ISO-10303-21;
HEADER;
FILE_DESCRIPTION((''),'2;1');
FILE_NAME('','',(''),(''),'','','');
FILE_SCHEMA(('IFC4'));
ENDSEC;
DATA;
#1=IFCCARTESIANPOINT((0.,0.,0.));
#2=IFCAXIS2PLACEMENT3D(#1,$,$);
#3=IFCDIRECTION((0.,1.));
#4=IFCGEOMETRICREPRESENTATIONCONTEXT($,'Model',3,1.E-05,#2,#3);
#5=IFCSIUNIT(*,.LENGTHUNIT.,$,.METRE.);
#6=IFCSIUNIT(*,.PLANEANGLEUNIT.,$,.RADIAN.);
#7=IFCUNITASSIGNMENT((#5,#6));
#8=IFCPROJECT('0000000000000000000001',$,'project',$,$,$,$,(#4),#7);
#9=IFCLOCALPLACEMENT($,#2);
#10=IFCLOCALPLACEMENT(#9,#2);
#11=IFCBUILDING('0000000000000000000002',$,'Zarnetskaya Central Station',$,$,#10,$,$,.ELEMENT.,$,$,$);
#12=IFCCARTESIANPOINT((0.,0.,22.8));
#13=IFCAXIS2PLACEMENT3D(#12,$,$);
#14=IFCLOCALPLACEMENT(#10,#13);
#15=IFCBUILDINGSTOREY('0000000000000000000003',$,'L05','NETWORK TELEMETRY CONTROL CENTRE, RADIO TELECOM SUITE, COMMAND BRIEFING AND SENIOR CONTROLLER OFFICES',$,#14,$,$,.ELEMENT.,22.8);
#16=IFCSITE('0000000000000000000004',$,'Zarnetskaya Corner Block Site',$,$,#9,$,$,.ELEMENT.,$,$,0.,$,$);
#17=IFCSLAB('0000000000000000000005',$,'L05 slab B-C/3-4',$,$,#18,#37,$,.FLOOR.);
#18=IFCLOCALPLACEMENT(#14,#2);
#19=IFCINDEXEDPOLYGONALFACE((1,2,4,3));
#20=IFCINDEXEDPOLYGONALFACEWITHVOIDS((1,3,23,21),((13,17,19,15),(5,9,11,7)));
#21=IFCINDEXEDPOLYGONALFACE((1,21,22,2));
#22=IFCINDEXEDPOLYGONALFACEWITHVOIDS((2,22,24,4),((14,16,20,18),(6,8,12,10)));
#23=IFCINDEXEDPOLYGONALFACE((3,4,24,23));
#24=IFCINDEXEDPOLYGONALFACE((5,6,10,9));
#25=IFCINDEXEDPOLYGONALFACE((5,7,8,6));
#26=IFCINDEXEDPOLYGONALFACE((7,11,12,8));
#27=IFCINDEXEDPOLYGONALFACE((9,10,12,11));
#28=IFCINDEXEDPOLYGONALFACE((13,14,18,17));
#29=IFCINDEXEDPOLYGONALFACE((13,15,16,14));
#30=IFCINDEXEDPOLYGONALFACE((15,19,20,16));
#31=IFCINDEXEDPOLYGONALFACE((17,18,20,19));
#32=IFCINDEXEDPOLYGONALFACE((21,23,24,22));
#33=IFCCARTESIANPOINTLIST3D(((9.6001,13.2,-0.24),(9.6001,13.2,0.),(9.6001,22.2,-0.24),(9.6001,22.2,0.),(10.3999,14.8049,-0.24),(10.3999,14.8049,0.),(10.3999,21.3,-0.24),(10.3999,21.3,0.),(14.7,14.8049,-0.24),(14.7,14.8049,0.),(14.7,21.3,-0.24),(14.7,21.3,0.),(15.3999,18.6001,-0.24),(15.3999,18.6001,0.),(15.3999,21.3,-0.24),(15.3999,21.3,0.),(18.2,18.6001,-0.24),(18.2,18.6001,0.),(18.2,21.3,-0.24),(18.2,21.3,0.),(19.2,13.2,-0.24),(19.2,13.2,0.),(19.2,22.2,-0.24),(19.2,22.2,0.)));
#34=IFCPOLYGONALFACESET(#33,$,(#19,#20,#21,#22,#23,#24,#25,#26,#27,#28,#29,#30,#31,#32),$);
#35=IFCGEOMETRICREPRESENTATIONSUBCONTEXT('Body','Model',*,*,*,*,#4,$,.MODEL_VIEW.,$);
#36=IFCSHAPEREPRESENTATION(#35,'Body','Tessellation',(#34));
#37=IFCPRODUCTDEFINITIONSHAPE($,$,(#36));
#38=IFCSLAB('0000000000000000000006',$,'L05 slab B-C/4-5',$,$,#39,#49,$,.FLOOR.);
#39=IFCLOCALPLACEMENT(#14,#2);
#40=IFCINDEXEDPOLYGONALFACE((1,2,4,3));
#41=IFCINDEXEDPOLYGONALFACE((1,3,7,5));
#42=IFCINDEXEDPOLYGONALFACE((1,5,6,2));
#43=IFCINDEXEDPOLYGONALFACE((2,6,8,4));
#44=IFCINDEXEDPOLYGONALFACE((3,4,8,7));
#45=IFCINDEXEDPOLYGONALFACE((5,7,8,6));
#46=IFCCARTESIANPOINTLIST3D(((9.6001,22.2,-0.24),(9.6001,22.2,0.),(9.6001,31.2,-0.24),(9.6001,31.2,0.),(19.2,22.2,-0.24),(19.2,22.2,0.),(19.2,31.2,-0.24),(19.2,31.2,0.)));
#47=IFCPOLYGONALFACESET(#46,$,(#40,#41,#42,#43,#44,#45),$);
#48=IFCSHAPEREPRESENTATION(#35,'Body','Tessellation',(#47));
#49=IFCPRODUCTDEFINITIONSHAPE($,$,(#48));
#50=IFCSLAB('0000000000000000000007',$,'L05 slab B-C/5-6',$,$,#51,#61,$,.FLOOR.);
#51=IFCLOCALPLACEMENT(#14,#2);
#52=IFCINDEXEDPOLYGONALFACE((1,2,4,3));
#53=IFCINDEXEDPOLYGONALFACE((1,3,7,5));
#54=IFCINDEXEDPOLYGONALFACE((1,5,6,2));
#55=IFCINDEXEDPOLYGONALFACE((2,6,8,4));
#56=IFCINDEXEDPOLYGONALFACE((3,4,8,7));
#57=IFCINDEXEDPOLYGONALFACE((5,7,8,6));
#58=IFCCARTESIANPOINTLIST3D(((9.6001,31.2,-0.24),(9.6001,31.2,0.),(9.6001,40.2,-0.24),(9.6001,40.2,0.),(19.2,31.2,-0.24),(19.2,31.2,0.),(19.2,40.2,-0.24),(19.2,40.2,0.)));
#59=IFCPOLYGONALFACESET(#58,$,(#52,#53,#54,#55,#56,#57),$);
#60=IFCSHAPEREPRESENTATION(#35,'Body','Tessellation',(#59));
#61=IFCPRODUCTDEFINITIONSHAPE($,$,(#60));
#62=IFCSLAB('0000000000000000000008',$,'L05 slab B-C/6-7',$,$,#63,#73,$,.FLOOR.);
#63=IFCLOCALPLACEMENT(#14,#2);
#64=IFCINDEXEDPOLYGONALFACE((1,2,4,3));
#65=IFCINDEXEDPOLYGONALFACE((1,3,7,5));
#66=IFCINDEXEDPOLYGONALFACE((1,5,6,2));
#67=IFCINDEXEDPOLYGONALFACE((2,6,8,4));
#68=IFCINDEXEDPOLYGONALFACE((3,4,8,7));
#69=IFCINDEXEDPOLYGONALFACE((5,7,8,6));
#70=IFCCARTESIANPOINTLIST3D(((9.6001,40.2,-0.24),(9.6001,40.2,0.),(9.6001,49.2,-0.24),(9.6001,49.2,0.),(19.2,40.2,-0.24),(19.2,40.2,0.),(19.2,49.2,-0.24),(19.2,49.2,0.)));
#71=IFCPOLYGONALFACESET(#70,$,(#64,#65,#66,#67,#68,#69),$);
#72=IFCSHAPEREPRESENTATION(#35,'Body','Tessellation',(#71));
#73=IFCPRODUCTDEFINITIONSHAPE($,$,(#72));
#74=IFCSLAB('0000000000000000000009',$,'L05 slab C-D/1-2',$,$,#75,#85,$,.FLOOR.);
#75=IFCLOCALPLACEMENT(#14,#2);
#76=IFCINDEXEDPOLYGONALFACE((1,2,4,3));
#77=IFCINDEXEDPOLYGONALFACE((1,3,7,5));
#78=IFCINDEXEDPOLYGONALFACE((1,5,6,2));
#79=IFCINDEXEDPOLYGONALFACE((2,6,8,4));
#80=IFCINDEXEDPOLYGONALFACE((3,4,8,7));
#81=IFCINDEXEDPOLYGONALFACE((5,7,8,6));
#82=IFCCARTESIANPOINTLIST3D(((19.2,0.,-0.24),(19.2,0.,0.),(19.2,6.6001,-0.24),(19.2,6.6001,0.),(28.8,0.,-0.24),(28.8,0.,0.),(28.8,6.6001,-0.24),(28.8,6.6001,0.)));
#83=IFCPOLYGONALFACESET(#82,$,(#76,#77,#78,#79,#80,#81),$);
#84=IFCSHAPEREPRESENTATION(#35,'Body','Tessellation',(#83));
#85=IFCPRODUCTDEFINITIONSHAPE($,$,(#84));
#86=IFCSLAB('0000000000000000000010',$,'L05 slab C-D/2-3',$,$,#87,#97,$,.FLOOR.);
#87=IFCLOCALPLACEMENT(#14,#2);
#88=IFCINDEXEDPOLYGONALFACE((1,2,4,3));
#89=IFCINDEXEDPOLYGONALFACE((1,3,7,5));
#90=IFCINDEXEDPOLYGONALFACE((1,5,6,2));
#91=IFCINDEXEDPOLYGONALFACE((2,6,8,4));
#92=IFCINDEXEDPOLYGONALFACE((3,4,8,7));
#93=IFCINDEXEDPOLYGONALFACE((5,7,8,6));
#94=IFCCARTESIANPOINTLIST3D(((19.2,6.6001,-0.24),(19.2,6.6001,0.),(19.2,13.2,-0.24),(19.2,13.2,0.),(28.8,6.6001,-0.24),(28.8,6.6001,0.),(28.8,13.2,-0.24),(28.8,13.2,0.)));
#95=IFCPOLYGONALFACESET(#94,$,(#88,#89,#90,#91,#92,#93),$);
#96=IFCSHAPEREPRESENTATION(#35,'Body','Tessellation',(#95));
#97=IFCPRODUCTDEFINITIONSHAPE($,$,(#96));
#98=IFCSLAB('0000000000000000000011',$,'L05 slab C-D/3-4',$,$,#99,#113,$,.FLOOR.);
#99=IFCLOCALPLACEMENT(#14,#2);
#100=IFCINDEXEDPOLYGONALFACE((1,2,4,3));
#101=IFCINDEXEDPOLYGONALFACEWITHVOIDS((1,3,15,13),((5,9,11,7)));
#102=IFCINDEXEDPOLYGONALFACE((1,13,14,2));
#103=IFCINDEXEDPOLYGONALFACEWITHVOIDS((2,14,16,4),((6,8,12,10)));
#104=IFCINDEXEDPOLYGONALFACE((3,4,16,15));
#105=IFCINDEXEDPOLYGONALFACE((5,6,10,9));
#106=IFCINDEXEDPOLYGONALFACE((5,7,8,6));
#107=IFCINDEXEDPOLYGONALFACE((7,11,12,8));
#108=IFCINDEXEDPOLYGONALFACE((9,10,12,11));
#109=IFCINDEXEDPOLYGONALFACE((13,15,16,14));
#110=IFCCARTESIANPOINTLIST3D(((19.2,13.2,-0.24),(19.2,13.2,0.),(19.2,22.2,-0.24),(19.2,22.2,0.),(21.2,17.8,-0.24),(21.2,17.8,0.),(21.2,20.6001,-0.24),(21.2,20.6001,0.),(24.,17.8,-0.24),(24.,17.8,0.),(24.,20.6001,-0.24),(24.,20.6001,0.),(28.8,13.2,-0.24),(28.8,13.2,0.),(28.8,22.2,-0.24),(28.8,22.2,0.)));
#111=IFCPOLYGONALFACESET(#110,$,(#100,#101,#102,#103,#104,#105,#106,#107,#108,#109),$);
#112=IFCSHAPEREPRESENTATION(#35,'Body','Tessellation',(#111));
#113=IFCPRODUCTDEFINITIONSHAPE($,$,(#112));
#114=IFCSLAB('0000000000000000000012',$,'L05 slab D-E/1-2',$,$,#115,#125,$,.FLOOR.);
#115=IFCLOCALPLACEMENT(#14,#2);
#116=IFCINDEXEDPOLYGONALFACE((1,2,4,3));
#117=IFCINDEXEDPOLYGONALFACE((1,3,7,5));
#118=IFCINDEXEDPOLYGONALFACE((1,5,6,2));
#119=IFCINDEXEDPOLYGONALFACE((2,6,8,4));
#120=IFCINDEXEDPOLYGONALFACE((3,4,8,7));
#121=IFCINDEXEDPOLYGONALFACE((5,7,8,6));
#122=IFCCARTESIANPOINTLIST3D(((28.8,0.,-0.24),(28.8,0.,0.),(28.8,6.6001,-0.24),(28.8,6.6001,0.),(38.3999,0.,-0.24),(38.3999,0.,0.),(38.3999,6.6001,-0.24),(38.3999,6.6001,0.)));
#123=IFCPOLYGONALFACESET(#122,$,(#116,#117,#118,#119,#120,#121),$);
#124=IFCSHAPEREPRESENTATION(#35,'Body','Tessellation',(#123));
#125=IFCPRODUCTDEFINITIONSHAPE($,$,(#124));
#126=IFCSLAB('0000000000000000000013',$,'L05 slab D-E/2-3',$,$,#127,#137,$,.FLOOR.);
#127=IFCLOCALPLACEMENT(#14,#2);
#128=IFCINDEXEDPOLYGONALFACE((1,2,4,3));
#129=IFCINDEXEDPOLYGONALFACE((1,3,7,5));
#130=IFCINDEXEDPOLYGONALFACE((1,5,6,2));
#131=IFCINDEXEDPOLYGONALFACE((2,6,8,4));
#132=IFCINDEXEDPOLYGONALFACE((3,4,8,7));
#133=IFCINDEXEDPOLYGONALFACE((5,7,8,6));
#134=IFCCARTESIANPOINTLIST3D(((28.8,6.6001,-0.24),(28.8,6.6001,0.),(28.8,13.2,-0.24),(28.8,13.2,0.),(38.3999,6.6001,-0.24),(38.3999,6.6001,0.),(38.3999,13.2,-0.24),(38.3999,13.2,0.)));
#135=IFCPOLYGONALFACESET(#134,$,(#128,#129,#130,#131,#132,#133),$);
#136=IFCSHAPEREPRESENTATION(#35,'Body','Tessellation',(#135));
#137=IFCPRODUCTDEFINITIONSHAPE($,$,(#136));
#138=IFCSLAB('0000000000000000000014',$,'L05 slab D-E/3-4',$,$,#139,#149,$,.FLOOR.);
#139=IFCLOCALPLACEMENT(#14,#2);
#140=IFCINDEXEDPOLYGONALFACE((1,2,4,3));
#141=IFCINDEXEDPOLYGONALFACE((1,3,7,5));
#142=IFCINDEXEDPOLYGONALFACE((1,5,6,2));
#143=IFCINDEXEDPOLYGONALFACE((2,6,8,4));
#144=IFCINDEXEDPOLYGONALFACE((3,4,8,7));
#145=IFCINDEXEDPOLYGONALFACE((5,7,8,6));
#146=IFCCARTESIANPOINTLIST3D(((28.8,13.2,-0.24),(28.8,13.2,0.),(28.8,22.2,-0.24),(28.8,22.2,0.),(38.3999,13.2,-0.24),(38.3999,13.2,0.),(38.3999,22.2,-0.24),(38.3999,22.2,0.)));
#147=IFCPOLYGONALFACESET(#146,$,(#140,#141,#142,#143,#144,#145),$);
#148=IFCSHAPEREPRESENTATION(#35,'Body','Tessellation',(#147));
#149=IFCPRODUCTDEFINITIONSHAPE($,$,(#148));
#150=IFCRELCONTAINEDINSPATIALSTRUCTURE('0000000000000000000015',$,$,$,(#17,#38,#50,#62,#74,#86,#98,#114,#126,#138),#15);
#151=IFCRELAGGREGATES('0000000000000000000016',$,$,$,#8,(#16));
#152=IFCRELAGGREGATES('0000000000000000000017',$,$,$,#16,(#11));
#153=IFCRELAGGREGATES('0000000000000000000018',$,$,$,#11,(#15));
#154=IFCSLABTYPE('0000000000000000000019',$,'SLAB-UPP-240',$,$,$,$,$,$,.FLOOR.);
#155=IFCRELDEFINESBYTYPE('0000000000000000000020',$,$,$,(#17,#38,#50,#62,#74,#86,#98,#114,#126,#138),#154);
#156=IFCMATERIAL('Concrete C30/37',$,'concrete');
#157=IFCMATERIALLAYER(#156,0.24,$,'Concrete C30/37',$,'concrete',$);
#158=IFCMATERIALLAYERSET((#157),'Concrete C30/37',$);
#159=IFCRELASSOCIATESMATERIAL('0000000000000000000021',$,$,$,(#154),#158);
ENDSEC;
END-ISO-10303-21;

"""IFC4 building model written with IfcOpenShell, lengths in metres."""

from ifc_helpers import new_model, si_unit, direction, frame, origin, place, context, subcontext, project, spatial, polyline, outline, extrude, material, layer, layer_set, type_object, element, save


model = new_model("IFC4")

# Units and contexts
model_context = context("Model", 3, precision=1e-05, world=origin(), true_north=direction((0.0, 1.0)))
body_context = subcontext(model_context, "Body", "Model", "MODEL_VIEW")
ifc_project = project(units=[si_unit("LENGTHUNIT", "METRE"), si_unit("PLANEANGLEUNIT", "RADIAN")], contexts=[model_context])

# Site, building, storey
site_placement = place(None, origin())
site = spatial("IfcSite", under=ifc_project, at=site_placement, Name="Zarnetskaya Corner Block Site", CompositionType="ELEMENT", RefElevation=0.0)
building_placement = place(site_placement, origin())
building = spatial("IfcBuilding", under=site, at=building_placement, Name="Zarnetskaya Central Station", CompositionType="ELEMENT")
storey_placement = place(building_placement, frame((0.0, 0.0, 22.8)))
storey = spatial("IfcBuildingStorey", under=building, at=storey_placement, Name="L05", Description="NETWORK TELEMETRY CONTROL CENTRE, RADIO TELECOM SUITE, COMMAND BRIEFING AND SENIOR CONTROLLER OFFICES", CompositionType="ELEMENT", Elevation=22.8)

# Shared definitions
ifc_material_1 = material(Name="Concrete C30/37", Category="concrete")

# Slabs
ifc_layer_1 = layer(ifc_material_1, 0.24, Name="Concrete C30/37", Category="concrete")
ifc_layer_set_1 = layer_set([ifc_layer_1], Name="Concrete C30/37")
slab_type_1 = type_object("IfcSlabType", Name="SLAB-UPP-240", PredefinedType="FLOOR", material=ifc_layer_set_1)
slab_1_placement = place(storey_placement, frame((0.0, 0.0, -0.24)))
element("IfcSlab", 1, at=slab_1_placement, inside=storey, type_object=slab_type_1, Name="L05 slab B-C/3-4", PredefinedType="FLOOR", context=body_context, shape_type="SweptSolid", body=[
    extrude(outline(polyline([(9.6001, 13.2), (19.2, 13.2), (19.2, 22.2), (9.6001, 22.2), (9.6001, 13.2)]), holes=[polyline([(10.3999, 14.8049), (14.7, 14.8049), (14.7, 21.3), (10.3999, 21.3), (10.3999, 14.8049)]), polyline([(15.3999, 18.6001), (18.2, 18.6001), (18.2, 21.3), (15.3999, 21.3), (15.3999, 18.6001)])]), origin(), (0.0, 0.0, 1.0), 0.24),
])
slab_2_placement = place(storey_placement, frame((0.0, 0.0, -0.24)))
element("IfcSlab", 2, at=slab_2_placement, inside=storey, type_object=slab_type_1, Name="L05 slab B-C/4-5", PredefinedType="FLOOR", context=body_context, shape_type="SweptSolid", body=[
    extrude(outline(polyline([(9.6001, 22.2), (19.2, 22.2), (19.2, 31.2), (9.6001, 31.2), (9.6001, 22.2)])), origin(), (0.0, 0.0, 1.0), 0.24),
])
slab_3_placement = place(storey_placement, frame((0.0, 0.0, -0.24)))
element("IfcSlab", 3, at=slab_3_placement, inside=storey, type_object=slab_type_1, Name="L05 slab B-C/5-6", PredefinedType="FLOOR", context=body_context, shape_type="SweptSolid", body=[
    extrude(outline(polyline([(9.6001, 31.2), (19.2, 31.2), (19.2, 40.2), (9.6001, 40.2), (9.6001, 31.2)])), origin(), (0.0, 0.0, 1.0), 0.24),
])
slab_4_placement = place(storey_placement, frame((0.0, 0.0, -0.24)))
element("IfcSlab", 4, at=slab_4_placement, inside=storey, type_object=slab_type_1, Name="L05 slab B-C/6-7", PredefinedType="FLOOR", context=body_context, shape_type="SweptSolid", body=[
    extrude(outline(polyline([(9.6001, 40.2), (19.2, 40.2), (19.2, 49.2), (9.6001, 49.2), (9.6001, 40.2)])), origin(), (0.0, 0.0, 1.0), 0.24),
])
slab_5_placement = place(storey_placement, frame((0.0, 0.0, -0.24)))
element("IfcSlab", 5, at=slab_5_placement, inside=storey, type_object=slab_type_1, Name="L05 slab C-D/1-2", PredefinedType="FLOOR", context=body_context, shape_type="SweptSolid", body=[
    extrude(outline(polyline([(19.2, 0.0), (28.8, 0.0), (28.8, 6.6001), (19.2, 6.6001), (19.2, 0.0)])), origin(), (0.0, 0.0, 1.0), 0.24),
])
slab_6_placement = place(storey_placement, frame((0.0, 0.0, -0.24)))
element("IfcSlab", 6, at=slab_6_placement, inside=storey, type_object=slab_type_1, Name="L05 slab C-D/2-3", PredefinedType="FLOOR", context=body_context, shape_type="SweptSolid", body=[
    extrude(outline(polyline([(19.2, 6.6001), (28.8, 6.6001), (28.8, 13.2), (19.2, 13.2), (19.2, 6.6001)])), origin(), (0.0, 0.0, 1.0), 0.24),
])
slab_7_placement = place(storey_placement, frame((0.0, 0.0, -0.24)))
element("IfcSlab", 7, at=slab_7_placement, inside=storey, type_object=slab_type_1, Name="L05 slab C-D/3-4", PredefinedType="FLOOR", context=body_context, shape_type="SweptSolid", body=[
    extrude(outline(polyline([(19.2, 13.2), (28.8, 13.2), (28.8, 22.2), (19.2, 22.2), (19.2, 13.2)]), holes=[polyline([(21.2, 17.8), (24.0, 17.8), (24.0, 20.6001), (21.2, 20.6001), (21.2, 17.8)])]), origin(), (0.0, 0.0, 1.0), 0.24),
])
slab_8_placement = place(storey_placement, frame((0.0, 0.0, -0.24)))
element("IfcSlab", 8, at=slab_8_placement, inside=storey, type_object=slab_type_1, Name="L05 slab D-E/1-2", PredefinedType="FLOOR", context=body_context, shape_type="SweptSolid", body=[
    extrude(outline(polyline([(28.8, 0.0), (38.3999, 0.0), (38.3999, 6.6001), (28.8, 6.6001), (28.8, 0.0)])), origin(), (0.0, 0.0, 1.0), 0.24),
])
slab_9_placement = place(storey_placement, frame((0.0, 0.0, -0.24)))
element("IfcSlab", 9, at=slab_9_placement, inside=storey, type_object=slab_type_1, Name="L05 slab D-E/2-3", PredefinedType="FLOOR", context=body_context, shape_type="SweptSolid", body=[
    extrude(outline(polyline([(28.8, 6.6001), (38.3999, 6.6001), (38.3999, 13.2), (28.8, 13.2), (28.8, 6.6001)])), origin(), (0.0, 0.0, 1.0), 0.24),
])
slab_10_placement = place(storey_placement, frame((0.0, 0.0, -0.24)))
element("IfcSlab", 10, at=slab_10_placement, inside=storey, type_object=slab_type_1, Name="L05 slab D-E/3-4", PredefinedType="FLOOR", context=body_context, shape_type="SweptSolid", body=[
    extrude(outline(polyline([(28.8, 13.2), (38.3999, 13.2), (38.3999, 22.2), (28.8, 22.2), (28.8, 13.2)])), origin(), (0.0, 0.0, 1.0), 0.24),
])

save(model, "model.ifc")
